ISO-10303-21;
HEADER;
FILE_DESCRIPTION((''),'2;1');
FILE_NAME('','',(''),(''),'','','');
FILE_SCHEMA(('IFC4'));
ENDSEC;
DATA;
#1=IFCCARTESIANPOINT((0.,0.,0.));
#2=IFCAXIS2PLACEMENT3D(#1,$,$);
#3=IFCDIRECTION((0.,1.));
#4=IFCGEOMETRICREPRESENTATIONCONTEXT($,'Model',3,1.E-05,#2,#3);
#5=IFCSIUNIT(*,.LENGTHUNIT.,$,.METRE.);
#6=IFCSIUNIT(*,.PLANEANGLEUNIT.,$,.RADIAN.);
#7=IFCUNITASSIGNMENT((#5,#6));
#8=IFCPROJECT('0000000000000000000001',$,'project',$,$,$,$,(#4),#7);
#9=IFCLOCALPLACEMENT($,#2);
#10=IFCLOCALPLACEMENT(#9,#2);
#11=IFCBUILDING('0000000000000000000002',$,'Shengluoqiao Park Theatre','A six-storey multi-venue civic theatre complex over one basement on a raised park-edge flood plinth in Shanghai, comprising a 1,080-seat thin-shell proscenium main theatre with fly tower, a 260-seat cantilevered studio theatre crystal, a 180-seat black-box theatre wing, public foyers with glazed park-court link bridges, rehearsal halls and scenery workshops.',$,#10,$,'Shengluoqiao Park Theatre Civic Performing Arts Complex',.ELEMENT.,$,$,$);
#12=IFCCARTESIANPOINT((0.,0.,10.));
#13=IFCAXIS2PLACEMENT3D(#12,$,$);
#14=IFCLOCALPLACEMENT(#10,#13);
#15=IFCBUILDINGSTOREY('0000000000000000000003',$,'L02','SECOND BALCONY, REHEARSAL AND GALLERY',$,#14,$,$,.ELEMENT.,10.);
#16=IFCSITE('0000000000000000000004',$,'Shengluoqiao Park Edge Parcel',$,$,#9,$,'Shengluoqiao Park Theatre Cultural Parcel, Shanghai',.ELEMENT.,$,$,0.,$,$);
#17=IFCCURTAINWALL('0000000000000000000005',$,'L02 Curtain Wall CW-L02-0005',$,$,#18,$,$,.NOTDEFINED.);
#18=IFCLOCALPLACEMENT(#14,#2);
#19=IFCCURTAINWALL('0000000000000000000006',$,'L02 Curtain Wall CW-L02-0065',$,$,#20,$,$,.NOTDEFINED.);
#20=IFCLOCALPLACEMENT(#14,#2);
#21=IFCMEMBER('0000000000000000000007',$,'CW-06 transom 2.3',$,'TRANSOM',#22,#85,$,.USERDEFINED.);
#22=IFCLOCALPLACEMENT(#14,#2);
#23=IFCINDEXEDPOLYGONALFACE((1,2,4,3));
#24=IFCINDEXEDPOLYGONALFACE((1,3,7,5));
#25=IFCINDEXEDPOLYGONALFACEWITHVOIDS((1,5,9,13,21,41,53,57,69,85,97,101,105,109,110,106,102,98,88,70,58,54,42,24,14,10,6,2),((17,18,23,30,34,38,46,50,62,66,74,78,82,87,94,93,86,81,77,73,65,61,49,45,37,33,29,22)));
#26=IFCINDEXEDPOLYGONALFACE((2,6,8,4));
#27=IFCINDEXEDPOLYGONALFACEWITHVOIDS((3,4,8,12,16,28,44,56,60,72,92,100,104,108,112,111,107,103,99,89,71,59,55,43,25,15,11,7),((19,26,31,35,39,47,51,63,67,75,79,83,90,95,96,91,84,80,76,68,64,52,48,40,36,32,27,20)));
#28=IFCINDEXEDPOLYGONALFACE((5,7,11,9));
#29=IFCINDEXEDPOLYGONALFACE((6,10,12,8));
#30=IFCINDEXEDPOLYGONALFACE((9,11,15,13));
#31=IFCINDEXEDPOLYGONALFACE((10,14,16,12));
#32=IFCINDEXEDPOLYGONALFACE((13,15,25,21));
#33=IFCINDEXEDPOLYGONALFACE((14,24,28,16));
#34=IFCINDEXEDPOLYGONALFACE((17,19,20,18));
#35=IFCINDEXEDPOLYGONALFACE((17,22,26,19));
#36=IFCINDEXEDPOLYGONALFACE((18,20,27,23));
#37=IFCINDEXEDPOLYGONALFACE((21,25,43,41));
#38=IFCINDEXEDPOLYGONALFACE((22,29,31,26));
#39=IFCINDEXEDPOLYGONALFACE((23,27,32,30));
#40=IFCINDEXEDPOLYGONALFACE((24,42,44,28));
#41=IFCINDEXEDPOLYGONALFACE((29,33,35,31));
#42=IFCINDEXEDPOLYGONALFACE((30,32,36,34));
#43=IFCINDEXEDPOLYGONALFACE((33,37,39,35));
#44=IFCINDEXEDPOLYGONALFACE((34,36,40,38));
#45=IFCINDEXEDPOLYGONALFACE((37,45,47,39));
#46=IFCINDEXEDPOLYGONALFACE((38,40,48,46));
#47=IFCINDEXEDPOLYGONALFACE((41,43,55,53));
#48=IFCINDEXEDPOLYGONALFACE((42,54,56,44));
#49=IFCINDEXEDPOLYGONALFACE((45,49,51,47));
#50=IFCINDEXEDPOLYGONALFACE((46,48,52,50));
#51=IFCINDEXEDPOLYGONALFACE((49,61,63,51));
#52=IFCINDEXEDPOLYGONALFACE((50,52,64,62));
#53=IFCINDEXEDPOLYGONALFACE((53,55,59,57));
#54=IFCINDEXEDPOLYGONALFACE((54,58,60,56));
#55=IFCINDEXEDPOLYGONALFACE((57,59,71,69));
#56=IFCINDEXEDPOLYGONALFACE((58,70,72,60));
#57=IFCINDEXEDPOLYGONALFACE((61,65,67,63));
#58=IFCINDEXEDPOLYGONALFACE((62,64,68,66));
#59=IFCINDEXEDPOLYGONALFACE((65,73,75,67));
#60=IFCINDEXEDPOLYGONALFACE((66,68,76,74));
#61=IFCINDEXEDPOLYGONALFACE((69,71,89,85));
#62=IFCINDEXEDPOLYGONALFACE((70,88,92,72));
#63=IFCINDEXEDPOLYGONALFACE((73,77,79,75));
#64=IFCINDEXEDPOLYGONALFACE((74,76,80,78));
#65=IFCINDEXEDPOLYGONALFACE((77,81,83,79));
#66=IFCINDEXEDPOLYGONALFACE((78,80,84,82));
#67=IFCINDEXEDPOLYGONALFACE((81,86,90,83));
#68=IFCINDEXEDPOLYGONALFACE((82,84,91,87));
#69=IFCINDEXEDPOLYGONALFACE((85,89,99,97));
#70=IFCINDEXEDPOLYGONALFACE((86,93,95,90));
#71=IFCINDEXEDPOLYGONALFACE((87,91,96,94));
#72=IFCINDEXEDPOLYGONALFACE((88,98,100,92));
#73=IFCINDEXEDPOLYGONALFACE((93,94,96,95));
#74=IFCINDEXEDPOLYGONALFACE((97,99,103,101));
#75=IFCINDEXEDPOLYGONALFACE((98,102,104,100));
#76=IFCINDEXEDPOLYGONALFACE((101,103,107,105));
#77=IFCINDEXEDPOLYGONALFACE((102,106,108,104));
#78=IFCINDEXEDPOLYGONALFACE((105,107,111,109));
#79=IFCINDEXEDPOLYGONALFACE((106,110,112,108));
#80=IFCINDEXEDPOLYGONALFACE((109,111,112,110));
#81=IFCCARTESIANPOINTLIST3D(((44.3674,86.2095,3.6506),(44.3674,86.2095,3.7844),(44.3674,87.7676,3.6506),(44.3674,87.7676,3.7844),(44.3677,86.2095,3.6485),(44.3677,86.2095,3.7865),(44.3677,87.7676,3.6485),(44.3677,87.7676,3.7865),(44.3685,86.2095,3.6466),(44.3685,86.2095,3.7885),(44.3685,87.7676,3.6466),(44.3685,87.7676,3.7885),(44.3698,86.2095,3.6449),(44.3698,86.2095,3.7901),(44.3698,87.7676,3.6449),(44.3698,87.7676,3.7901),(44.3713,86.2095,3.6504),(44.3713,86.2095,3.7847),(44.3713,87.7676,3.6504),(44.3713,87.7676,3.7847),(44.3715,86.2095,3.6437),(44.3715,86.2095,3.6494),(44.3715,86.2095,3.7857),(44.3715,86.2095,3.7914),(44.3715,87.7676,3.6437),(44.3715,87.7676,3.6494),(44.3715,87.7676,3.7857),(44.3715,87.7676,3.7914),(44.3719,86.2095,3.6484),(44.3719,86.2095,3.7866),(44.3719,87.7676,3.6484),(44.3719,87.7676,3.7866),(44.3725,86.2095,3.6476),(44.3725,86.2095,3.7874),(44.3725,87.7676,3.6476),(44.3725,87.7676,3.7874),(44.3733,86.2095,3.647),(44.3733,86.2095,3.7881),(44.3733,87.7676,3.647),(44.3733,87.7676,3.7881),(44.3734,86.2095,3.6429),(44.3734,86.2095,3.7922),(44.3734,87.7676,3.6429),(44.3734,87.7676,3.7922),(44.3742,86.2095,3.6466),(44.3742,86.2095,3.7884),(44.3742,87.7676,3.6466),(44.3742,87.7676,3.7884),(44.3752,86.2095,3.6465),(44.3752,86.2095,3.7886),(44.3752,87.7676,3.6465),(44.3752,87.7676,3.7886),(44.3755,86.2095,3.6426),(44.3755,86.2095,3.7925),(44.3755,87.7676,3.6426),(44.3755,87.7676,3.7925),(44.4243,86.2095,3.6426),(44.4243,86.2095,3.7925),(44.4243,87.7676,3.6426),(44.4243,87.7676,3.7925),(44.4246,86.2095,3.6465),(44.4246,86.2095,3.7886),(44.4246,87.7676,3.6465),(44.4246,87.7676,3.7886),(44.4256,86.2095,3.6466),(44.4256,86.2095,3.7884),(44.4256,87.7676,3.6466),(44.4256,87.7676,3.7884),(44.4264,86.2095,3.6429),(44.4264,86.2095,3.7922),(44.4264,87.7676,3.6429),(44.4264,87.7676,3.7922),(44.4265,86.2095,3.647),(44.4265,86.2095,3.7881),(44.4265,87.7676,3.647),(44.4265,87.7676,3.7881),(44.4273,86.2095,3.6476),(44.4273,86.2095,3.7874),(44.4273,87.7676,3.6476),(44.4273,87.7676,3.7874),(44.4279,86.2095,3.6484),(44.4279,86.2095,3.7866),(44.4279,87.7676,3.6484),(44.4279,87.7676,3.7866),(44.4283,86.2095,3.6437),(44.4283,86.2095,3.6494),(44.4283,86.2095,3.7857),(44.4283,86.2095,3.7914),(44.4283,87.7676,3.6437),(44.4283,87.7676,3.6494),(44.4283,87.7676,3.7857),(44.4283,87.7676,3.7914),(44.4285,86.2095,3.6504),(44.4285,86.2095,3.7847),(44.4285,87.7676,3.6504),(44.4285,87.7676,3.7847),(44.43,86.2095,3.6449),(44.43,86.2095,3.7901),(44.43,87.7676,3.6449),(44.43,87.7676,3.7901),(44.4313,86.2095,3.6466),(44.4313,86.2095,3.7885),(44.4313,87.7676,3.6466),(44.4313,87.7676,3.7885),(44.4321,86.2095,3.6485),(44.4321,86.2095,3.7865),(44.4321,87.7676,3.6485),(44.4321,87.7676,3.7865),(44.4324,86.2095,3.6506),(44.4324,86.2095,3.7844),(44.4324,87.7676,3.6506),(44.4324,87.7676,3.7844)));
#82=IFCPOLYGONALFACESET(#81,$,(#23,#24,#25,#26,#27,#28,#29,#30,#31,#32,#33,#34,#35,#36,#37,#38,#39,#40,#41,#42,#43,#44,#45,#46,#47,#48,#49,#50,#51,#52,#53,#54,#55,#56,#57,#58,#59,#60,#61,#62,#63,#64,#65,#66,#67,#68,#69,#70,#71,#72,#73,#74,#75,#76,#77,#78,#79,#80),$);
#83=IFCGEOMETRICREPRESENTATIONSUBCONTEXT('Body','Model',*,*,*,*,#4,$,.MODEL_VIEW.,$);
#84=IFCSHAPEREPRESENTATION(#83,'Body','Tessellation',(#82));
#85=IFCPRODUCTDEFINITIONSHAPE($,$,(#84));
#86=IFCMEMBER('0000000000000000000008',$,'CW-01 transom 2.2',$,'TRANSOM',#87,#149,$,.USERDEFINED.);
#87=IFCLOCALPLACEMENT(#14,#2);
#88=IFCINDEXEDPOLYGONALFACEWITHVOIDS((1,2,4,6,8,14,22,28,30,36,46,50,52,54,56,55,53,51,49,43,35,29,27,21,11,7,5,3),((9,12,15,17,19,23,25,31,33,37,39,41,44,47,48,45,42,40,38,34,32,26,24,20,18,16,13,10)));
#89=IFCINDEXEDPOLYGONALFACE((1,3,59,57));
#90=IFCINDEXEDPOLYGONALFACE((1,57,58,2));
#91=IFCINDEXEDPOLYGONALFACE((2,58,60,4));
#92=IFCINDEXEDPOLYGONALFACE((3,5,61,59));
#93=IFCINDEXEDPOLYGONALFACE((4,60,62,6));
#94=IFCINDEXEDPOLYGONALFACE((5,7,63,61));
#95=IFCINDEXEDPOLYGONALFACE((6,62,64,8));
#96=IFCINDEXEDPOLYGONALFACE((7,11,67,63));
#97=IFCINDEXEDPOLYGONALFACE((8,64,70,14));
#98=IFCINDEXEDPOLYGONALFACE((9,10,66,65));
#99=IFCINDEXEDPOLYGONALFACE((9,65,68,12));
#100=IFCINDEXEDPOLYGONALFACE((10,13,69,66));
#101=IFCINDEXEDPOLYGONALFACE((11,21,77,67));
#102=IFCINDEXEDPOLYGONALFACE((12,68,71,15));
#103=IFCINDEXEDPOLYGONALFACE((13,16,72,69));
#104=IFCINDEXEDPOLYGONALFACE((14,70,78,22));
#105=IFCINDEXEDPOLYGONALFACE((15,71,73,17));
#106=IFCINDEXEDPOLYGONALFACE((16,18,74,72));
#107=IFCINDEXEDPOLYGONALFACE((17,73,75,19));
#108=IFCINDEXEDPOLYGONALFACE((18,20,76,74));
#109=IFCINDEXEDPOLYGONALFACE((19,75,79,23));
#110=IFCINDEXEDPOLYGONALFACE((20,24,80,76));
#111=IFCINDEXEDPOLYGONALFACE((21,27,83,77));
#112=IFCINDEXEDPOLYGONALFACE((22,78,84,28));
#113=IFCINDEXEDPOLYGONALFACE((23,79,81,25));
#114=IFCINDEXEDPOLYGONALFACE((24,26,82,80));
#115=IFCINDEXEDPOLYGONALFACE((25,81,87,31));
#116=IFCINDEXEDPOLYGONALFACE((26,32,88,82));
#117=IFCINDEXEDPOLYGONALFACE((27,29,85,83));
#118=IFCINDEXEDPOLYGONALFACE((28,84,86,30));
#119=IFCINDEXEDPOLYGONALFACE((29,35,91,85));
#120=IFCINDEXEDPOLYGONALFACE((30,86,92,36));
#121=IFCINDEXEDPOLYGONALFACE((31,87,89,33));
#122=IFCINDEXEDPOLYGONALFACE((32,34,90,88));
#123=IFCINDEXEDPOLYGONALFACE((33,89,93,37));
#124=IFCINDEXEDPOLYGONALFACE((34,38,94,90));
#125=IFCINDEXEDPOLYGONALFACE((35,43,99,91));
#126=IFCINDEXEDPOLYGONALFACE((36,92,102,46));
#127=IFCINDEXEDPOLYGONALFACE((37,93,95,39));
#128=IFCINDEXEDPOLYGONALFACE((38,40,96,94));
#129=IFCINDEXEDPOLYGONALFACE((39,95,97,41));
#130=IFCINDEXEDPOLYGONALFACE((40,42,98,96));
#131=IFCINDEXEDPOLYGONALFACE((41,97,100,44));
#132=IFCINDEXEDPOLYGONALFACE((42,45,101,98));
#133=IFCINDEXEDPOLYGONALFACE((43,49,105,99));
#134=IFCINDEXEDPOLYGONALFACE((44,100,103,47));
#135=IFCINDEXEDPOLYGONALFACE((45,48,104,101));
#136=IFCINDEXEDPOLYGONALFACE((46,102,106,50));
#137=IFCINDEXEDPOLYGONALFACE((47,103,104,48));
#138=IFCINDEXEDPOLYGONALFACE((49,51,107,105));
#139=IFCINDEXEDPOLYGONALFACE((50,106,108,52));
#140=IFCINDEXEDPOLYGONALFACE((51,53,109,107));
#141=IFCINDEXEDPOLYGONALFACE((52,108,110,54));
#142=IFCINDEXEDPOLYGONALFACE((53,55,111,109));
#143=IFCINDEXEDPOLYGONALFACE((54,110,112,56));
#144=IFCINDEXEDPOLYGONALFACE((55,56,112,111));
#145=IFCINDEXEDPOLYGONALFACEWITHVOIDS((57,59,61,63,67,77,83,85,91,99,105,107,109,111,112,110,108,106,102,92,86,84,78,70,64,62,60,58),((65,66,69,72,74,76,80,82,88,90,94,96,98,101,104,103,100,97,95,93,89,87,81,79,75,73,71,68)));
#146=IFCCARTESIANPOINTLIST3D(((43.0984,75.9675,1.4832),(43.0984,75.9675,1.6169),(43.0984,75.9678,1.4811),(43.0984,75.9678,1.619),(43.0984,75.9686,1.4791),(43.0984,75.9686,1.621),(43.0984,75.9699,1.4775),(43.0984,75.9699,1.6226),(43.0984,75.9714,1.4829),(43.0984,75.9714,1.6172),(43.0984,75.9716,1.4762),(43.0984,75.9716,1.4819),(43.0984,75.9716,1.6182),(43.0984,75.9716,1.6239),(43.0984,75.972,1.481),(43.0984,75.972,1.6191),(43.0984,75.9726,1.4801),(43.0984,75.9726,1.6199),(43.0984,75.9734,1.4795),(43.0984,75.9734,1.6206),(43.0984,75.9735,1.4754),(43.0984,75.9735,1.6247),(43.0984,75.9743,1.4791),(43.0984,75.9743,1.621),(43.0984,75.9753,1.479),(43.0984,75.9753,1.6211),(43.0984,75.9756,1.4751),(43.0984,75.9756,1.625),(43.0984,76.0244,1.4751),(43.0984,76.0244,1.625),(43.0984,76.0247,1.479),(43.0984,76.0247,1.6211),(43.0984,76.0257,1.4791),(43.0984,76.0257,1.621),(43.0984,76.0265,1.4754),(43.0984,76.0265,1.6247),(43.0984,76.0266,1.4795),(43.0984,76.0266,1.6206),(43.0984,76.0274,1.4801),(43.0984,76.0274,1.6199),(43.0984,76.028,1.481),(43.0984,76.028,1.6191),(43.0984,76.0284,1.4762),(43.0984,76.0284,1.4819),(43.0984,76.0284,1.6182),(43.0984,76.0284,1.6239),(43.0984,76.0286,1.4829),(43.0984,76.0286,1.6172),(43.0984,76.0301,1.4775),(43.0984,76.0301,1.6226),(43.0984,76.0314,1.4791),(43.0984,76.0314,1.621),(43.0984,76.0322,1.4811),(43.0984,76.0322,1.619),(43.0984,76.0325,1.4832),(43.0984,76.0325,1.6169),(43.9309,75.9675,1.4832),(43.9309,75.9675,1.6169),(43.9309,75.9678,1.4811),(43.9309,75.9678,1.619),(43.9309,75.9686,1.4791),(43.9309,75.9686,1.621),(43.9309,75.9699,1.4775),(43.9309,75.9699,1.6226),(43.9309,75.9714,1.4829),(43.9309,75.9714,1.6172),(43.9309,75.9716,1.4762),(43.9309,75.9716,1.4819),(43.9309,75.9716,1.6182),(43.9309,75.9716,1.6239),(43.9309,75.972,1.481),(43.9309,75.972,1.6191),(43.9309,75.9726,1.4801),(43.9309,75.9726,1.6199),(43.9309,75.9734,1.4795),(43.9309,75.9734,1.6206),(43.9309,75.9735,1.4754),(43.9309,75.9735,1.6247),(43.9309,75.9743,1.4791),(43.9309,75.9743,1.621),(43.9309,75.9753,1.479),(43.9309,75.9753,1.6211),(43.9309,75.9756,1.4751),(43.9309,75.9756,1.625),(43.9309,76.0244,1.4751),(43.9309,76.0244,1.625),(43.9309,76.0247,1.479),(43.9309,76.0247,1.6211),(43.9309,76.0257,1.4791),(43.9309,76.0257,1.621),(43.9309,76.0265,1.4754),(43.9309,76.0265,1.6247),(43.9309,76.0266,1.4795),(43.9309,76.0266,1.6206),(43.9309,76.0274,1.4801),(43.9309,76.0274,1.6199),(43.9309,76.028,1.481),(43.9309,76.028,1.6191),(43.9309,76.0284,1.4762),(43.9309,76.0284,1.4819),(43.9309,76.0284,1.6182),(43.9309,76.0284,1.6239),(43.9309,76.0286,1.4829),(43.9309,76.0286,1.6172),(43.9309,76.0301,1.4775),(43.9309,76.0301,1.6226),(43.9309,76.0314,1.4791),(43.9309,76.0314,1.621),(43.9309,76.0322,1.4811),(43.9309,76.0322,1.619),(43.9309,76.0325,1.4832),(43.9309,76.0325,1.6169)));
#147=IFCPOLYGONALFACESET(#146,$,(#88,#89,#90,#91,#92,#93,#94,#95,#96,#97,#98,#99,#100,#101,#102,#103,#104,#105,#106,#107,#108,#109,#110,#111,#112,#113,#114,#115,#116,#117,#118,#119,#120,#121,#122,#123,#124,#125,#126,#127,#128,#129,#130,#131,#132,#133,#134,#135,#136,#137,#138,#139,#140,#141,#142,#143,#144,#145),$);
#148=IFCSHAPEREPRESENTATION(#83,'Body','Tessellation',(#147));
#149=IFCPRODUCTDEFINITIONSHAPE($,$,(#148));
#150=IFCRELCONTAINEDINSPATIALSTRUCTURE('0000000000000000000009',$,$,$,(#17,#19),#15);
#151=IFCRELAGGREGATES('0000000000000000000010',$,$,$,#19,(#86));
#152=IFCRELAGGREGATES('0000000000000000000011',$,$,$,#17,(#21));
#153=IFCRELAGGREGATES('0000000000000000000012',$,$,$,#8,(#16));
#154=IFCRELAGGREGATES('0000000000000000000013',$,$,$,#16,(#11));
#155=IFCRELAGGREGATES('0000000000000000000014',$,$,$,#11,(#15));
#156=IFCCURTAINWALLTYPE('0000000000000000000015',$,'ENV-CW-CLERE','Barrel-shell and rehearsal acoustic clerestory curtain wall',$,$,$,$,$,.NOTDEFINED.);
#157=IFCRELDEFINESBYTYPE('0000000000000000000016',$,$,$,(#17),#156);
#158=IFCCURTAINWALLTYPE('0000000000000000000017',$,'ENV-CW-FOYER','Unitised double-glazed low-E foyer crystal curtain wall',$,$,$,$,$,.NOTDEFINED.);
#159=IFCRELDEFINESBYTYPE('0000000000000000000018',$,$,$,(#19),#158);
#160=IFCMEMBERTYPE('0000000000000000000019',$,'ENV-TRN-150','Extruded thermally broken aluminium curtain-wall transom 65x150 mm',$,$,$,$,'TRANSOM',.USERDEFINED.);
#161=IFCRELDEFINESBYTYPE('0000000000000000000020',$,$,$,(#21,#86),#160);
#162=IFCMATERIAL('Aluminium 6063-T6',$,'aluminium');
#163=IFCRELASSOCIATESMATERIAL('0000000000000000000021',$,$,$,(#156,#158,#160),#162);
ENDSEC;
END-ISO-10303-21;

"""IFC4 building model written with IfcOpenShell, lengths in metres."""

from ifc_helpers import new_model, si_unit, direction, frame, origin, origin_2d, place, context, subcontext, project, spatial, hollow_rectangle, extrude, material, material_profile, profile_set, type_object, element, aggregate, save


model = new_model("IFC4")

# Units and contexts
model_context = context("Model", 3, precision=1e-05, world=origin(), true_north=direction((0.0, 1.0)))
body_context = subcontext(model_context, "Body", "Model", "MODEL_VIEW")
ifc_project = project(units=[si_unit("LENGTHUNIT", "METRE"), si_unit("PLANEANGLEUNIT", "RADIAN")], contexts=[model_context])

# Site, building, storey
site_placement = place(None, origin())
site = spatial("IfcSite", under=ifc_project, at=site_placement, Name="Shengluoqiao Park Edge Parcel", LongName="Shengluoqiao Park Theatre Cultural Parcel, Shanghai", CompositionType="ELEMENT", RefElevation=0.0)
building_placement = place(site_placement, origin())
building = spatial("IfcBuilding", under=site, at=building_placement, Name="Shengluoqiao Park Theatre", Description="A six-storey multi-venue civic theatre complex over one basement on a raised park-edge flood plinth in Shanghai, comprising a 1,080-seat thin-shell proscenium main theatre with fly tower, a 260-seat cantilevered studio theatre crystal, a 180-seat black-box theatre wing, public foyers with glazed park-court link bridges, rehearsal halls and scenery workshops.", LongName="Shengluoqiao Park Theatre Civic Performing Arts Complex", CompositionType="ELEMENT")
storey_placement = place(building_placement, frame((0.0, 0.0, 10.0)))
storey = spatial("IfcBuildingStorey", under=building, at=storey_placement, Name="L02", Description="SECOND BALCONY, REHEARSAL AND GALLERY", CompositionType="ELEMENT", Elevation=10.0)

# Curtain wall
ifc_material_1 = material(Name="Aluminium 6063-T6", Category="aluminium")
curtain_wall_type_1 = type_object("IfcCurtainWallType", Name="ENV-CW-CLERE", Description="Barrel-shell and rehearsal acoustic clerestory curtain wall", PredefinedType="NOTDEFINED", material=ifc_material_1)
curtain_wall_1_placement = place(storey_placement, origin())
curtain_wall_1 = element("IfcCurtainWall", 1, at=curtain_wall_1_placement, inside=storey, type_object=curtain_wall_type_1, Name="L02 Curtain Wall CW-L02-0005", PredefinedType="NOTDEFINED")

# Curtain wall
curtain_wall_type_2 = type_object("IfcCurtainWallType", Name="ENV-CW-FOYER", Description="Unitised double-glazed low-E foyer crystal curtain wall", PredefinedType="NOTDEFINED", material=ifc_material_1)
curtain_wall_2_placement = place(storey_placement, origin())
curtain_wall_2 = element("IfcCurtainWall", 2, at=curtain_wall_2_placement, inside=storey, type_object=curtain_wall_type_2, Name="L02 Curtain Wall CW-L02-0065", PredefinedType="NOTDEFINED")

# Members
ifc_material_profile_1 = material_profile(ifc_material_1, hollow_rectangle(XDim=0.0649, YDim=0.1499, WallThickness=0.0039, InnerFilletRadius=0.0039, OuterFilletRadius=0.0081, at=origin_2d()), Name="ALU TRANSOM 150x65x4")
ifc_profile_set_1 = profile_set([ifc_material_profile_1], Name="Aluminium 6063-T6")
member_type_1 = type_object("IfcMemberType", Name="ENV-TRN-150", Description="Extruded thermally broken aluminium curtain-wall transom 65x150 mm", ElementType="TRANSOM", PredefinedType="USERDEFINED", material=ifc_profile_set_1)
member_1_placement = place(storey_placement, frame((44.3999, 86.2095, 3.7175), z_axis=(0.0, 1.0, 0.0), x_axis=(-1.0, 0.0, 0.0)))
member_1 = element("IfcMember", 3, at=member_1_placement, type_object=member_type_1, Name="CW-06 transom 2.3", ObjectType="TRANSOM", PredefinedType="USERDEFINED", context=body_context, shape_type="SweptSolid", body=[
    extrude(hollow_rectangle(XDim=0.0649, YDim=0.1499, WallThickness=0.0039, InnerFilletRadius=0.0039, OuterFilletRadius=0.0081, at=origin_2d()), origin(), (0.0, 0.0, 1.0), 1.5581),
])
member_2_placement = place(storey_placement, frame((43.0984, 76.0, 1.55), z_axis=(1.0, 0.0, 0.0), x_axis=(0.0, 1.0, 0.0)))
member_2 = element("IfcMember", 4, at=member_2_placement, type_object=member_type_1, Name="CW-01 transom 2.2", ObjectType="TRANSOM", PredefinedType="USERDEFINED", context=body_context, shape_type="SweptSolid", body=[
    extrude(hollow_rectangle(XDim=0.0649, YDim=0.1499, WallThickness=0.0039, InnerFilletRadius=0.0039, OuterFilletRadius=0.0081, at=origin_2d()), origin(), (0.0, 0.0, 1.0), 0.8325),
])

aggregate(curtain_wall_2, [member_2])
aggregate(curtain_wall_1, [member_1])

save(model, "model.ifc")
